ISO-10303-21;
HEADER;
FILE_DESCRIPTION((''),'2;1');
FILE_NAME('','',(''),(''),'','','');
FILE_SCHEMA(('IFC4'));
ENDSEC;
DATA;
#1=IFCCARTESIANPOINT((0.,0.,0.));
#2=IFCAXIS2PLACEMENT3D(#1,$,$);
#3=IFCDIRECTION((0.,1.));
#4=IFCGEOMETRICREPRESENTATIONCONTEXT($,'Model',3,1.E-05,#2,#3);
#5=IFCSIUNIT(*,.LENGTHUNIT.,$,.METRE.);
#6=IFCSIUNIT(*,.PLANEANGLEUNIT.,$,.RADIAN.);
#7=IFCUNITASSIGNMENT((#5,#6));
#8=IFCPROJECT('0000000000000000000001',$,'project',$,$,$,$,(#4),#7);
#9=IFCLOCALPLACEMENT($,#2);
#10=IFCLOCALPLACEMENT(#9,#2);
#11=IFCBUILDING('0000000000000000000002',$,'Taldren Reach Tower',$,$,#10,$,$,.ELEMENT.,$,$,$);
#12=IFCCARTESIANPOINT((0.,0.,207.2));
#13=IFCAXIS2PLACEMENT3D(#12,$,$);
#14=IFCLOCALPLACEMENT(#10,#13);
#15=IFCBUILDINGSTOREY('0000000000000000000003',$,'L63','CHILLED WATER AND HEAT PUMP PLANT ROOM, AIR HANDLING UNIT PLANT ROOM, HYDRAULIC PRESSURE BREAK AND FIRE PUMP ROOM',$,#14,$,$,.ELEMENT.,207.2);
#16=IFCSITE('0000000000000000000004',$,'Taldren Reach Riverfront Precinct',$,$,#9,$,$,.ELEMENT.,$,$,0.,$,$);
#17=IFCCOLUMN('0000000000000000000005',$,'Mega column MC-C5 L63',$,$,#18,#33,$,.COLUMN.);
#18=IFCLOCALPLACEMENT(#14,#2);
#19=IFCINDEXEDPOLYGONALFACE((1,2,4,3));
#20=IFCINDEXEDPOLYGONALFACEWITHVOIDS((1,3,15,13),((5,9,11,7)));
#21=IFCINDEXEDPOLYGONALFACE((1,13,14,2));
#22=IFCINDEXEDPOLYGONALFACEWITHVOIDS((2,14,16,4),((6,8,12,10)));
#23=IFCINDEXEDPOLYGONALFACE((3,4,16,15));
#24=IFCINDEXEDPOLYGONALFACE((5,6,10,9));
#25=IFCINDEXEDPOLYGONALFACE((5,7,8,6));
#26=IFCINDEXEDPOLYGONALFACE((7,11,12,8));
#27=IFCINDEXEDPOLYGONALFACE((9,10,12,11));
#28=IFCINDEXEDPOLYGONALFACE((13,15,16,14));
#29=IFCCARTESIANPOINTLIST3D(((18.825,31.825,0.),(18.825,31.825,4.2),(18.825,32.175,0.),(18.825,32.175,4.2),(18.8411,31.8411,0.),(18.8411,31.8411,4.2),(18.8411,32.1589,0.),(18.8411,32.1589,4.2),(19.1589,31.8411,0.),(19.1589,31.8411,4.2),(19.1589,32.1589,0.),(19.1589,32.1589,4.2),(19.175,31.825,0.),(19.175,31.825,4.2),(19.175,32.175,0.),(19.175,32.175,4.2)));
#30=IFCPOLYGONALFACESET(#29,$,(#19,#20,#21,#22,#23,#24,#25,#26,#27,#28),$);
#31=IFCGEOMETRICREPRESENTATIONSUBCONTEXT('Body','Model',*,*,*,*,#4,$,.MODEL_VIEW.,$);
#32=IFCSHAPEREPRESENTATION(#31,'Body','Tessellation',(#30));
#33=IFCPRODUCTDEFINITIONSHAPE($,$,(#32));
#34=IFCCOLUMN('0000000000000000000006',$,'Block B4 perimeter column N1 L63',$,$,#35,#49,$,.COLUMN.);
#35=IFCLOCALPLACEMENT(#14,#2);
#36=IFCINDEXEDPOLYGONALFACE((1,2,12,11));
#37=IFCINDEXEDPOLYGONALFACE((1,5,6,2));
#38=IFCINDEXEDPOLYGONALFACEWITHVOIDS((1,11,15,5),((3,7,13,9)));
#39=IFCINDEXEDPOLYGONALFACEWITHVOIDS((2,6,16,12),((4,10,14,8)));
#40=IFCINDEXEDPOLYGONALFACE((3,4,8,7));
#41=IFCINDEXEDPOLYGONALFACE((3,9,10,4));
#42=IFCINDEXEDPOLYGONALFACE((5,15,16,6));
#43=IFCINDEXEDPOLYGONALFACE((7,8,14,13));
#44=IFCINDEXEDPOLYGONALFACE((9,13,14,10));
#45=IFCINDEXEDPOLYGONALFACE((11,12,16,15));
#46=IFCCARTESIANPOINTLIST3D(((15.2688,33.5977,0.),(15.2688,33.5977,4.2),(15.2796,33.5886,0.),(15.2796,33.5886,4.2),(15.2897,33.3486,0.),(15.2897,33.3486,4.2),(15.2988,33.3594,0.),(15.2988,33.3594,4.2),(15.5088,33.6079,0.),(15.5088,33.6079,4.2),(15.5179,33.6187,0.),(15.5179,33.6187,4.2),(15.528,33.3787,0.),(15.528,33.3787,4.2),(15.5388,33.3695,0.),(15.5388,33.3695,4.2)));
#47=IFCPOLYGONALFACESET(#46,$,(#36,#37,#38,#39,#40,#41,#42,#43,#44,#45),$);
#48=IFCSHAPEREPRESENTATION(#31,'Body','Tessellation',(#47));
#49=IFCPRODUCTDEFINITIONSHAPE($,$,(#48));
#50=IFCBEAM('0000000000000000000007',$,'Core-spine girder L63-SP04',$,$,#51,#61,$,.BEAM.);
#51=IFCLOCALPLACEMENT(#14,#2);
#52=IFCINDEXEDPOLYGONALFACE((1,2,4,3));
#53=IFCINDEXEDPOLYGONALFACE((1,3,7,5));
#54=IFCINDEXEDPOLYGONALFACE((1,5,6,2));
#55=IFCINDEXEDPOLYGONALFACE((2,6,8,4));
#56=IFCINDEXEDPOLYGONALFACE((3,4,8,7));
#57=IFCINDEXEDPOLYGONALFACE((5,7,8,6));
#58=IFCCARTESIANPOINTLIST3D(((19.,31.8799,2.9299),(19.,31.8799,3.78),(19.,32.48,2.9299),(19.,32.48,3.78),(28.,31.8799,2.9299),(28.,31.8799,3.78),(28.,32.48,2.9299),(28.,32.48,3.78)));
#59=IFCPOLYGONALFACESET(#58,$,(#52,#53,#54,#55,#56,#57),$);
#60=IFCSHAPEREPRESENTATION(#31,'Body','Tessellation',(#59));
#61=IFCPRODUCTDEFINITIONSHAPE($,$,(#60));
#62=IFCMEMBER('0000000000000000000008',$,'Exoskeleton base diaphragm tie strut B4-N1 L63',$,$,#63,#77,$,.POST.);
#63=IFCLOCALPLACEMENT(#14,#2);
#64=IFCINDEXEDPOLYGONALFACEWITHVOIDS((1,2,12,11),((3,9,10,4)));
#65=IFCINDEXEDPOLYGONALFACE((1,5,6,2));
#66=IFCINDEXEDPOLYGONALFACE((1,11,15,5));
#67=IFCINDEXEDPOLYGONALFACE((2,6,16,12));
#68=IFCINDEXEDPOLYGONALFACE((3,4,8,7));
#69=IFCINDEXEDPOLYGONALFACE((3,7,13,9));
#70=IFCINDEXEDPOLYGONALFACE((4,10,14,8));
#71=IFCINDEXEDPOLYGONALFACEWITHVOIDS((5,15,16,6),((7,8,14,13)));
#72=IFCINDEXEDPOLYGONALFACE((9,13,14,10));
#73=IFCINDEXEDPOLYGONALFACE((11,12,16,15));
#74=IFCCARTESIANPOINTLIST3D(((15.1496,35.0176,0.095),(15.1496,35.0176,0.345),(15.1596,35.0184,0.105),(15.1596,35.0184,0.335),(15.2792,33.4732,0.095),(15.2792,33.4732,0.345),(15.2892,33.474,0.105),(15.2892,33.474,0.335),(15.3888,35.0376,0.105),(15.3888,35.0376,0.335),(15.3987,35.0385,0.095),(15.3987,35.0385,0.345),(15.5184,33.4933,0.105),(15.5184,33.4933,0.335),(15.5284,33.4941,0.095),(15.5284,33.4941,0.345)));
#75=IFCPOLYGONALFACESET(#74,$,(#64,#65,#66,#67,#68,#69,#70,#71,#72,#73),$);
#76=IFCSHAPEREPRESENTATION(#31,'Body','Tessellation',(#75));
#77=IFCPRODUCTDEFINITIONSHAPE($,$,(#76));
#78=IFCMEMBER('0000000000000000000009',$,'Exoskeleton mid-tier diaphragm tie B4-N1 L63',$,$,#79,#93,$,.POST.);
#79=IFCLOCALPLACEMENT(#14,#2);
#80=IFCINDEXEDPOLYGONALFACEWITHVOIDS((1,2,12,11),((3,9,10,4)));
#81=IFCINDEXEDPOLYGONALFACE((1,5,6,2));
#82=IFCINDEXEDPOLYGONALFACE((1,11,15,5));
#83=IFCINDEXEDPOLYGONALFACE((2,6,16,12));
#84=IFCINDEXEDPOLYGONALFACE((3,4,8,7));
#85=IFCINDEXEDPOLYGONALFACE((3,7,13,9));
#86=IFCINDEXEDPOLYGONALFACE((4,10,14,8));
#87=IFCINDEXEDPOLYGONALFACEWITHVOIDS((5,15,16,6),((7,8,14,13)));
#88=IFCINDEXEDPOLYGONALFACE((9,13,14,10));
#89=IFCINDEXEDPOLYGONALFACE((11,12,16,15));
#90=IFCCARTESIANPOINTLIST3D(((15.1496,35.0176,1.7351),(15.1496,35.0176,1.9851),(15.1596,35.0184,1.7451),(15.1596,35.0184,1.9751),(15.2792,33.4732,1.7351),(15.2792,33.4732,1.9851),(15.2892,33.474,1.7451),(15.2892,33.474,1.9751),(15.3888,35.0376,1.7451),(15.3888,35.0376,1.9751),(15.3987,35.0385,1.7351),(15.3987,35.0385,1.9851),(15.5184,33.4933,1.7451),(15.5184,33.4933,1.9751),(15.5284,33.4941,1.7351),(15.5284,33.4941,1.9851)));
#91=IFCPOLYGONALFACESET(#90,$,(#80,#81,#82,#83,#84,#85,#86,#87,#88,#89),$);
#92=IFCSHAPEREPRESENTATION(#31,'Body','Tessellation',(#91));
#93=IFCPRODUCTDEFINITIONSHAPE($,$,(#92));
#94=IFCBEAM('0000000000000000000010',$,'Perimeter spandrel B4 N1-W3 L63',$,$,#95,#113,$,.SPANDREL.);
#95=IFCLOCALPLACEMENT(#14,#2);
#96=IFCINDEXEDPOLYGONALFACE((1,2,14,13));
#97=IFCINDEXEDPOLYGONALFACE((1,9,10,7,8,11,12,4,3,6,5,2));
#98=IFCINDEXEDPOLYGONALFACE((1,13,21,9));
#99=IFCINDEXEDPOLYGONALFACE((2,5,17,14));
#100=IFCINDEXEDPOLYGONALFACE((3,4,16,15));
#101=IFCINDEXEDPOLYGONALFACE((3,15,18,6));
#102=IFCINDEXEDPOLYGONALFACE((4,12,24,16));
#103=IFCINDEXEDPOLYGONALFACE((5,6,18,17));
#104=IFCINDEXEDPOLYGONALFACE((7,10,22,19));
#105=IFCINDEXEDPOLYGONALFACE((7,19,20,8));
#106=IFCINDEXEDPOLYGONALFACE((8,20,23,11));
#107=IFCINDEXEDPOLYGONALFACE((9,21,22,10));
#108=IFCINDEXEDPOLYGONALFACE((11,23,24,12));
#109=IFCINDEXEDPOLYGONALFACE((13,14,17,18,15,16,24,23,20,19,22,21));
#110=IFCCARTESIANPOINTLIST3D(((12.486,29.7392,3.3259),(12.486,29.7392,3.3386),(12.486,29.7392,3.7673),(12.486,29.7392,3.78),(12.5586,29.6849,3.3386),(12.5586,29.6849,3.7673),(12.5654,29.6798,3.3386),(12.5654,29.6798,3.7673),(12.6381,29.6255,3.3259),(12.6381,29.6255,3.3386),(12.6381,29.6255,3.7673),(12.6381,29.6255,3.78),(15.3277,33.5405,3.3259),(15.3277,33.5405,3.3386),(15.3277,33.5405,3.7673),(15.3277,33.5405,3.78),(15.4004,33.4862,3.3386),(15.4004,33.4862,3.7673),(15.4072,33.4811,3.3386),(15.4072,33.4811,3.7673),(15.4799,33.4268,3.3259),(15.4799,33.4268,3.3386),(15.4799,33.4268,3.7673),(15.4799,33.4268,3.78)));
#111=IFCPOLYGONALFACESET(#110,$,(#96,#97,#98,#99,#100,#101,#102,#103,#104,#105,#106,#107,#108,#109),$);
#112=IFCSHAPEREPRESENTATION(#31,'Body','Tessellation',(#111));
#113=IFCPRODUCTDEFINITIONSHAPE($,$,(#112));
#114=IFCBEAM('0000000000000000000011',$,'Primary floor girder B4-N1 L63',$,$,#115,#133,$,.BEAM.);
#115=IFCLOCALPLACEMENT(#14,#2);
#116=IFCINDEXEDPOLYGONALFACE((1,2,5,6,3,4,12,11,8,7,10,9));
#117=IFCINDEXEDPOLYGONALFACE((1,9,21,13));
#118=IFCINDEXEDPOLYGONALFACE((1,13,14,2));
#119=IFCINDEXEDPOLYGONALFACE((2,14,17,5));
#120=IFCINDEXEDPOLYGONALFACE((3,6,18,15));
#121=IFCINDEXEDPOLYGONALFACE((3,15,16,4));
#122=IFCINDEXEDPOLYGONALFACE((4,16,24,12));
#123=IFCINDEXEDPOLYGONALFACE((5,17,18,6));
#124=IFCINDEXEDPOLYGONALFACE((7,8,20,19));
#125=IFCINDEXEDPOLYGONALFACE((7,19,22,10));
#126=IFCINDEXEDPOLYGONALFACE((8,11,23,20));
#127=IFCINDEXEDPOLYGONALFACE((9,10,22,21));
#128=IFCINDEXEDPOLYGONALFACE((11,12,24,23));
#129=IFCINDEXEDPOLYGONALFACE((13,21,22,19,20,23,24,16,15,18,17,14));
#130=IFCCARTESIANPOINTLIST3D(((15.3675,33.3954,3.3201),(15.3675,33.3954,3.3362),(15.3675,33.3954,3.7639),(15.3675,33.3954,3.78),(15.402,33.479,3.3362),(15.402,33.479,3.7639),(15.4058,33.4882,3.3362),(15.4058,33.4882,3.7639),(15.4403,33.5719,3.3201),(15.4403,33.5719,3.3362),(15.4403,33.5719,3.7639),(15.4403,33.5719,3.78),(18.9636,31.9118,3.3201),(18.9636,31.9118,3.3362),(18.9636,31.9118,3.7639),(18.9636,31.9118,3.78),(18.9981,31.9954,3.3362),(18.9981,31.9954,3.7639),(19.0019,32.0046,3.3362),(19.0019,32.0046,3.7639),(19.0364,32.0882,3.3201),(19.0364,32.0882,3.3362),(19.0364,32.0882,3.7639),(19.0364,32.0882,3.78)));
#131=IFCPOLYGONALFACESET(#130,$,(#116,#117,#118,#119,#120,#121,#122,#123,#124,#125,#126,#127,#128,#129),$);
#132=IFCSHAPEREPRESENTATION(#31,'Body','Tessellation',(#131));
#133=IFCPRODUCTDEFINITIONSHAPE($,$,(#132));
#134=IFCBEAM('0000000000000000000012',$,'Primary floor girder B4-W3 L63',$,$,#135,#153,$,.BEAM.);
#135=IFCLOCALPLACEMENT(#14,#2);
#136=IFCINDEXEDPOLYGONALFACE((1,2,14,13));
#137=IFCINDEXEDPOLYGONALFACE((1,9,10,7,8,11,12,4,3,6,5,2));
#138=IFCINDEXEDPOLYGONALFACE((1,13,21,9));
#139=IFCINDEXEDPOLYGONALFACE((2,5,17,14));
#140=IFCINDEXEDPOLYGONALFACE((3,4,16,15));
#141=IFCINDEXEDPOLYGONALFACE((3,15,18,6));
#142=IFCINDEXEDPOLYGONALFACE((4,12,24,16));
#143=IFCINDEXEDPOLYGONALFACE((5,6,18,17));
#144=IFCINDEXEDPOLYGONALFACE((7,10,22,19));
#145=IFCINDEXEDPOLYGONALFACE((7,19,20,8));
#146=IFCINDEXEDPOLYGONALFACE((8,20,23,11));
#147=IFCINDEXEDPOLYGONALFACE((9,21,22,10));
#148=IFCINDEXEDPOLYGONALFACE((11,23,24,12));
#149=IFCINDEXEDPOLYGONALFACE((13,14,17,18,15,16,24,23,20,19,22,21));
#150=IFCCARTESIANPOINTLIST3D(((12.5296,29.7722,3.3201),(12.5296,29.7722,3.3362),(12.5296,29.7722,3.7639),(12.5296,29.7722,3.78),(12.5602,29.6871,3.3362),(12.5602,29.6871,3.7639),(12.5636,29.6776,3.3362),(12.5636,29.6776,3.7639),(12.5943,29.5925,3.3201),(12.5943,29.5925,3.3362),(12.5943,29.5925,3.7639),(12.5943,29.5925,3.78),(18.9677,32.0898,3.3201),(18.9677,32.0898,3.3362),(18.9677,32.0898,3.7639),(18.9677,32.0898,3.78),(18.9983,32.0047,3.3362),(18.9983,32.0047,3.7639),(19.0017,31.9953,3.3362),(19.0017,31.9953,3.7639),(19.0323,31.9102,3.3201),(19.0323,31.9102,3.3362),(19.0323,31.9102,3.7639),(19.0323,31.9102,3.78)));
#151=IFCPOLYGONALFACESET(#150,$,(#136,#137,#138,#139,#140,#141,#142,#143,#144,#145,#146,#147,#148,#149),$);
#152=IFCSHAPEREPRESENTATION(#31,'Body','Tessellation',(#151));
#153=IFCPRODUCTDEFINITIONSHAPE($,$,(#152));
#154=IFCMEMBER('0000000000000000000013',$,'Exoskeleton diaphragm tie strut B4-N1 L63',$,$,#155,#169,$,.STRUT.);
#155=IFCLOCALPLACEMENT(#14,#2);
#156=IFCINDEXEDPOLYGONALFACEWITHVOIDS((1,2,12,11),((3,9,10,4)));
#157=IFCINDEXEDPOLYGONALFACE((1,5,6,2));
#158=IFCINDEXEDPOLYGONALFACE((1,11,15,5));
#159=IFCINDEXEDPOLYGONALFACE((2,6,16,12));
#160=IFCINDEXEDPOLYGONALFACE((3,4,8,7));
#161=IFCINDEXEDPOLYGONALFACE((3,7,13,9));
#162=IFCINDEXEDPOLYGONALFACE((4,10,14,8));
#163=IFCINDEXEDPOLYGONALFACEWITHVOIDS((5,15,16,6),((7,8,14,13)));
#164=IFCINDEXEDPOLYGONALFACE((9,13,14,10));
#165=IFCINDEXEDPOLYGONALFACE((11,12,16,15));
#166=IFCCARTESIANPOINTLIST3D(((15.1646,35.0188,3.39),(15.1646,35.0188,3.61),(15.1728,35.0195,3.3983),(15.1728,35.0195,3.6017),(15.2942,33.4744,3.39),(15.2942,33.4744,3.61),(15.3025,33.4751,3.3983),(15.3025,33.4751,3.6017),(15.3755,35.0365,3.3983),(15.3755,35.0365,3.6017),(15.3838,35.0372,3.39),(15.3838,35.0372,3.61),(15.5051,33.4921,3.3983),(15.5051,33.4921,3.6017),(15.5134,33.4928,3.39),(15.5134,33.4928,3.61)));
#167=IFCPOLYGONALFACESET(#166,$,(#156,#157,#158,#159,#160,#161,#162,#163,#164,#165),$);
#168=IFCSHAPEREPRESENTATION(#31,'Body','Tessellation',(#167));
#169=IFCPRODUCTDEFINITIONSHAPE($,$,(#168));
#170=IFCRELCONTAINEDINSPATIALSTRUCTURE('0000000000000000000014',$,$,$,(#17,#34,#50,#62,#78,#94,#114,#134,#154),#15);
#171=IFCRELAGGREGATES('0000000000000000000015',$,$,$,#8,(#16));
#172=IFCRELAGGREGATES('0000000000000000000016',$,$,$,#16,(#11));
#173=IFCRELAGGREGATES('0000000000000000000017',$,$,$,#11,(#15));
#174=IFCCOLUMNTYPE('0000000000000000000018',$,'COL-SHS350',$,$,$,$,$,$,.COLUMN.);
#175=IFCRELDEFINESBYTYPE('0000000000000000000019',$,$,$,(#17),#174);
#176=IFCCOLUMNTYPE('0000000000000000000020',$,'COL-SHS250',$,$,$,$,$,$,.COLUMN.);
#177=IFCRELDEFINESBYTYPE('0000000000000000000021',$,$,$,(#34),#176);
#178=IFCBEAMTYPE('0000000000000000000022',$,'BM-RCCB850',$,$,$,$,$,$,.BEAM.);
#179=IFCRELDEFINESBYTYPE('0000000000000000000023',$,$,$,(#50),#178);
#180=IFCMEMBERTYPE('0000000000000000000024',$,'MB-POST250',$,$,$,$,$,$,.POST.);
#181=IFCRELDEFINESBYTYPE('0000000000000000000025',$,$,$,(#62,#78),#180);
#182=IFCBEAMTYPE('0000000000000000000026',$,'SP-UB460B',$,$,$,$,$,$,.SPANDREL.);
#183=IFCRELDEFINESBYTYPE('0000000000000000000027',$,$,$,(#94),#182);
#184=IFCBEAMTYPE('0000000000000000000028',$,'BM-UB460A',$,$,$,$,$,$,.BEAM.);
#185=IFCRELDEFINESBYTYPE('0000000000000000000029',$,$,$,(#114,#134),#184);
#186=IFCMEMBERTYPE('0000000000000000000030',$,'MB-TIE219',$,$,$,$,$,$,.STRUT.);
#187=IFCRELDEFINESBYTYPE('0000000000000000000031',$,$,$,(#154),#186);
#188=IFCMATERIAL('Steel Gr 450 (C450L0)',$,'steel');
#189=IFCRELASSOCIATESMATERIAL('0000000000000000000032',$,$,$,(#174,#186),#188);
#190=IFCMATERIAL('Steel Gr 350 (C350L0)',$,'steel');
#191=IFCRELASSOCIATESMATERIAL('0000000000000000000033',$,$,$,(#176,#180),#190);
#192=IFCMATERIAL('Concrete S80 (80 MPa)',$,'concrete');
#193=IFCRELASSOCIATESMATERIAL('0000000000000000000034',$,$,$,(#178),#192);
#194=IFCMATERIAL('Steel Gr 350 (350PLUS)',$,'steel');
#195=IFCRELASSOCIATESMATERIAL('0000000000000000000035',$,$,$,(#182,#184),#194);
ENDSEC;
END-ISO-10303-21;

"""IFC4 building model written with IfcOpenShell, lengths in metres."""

from ifc_helpers import new_model, si_unit, direction, frame, origin, origin_2d, place, context, subcontext, project, spatial, rectangle, hollow_rectangle, i_section, extrude, source, transform, mapped, material, material_profile, profile_set, type_object, element, save


model = new_model("IFC4")

# Units and contexts
model_context = context("Model", 3, precision=1e-05, world=origin(), true_north=direction((0.0, 1.0)))
body_context = subcontext(model_context, "Body", "Model", "MODEL_VIEW")
ifc_project = project(units=[si_unit("LENGTHUNIT", "METRE"), si_unit("PLANEANGLEUNIT", "RADIAN")], contexts=[model_context])

# Site, building, storey
site_placement = place(None, origin())
site = spatial("IfcSite", under=ifc_project, at=site_placement, Name="Taldren Reach Riverfront Precinct", CompositionType="ELEMENT", RefElevation=0.0)
building_placement = place(site_placement, origin())
building = spatial("IfcBuilding", under=site, at=building_placement, Name="Taldren Reach Tower", CompositionType="ELEMENT")
storey_placement = place(building_placement, frame((0.0, 0.0, 207.2)))
storey = spatial("IfcBuildingStorey", under=building, at=storey_placement, Name="L63", Description="CHILLED WATER AND HEAT PUMP PLANT ROOM, AIR HANDLING UNIT PLANT ROOM, HYDRAULIC PRESSURE BREAK AND FIRE PUMP ROOM", CompositionType="ELEMENT", Elevation=207.2)

# Columns
ifc_material_1 = material(Name="Steel Gr 450 (C450L0)", Category="steel")
ifc_material_profile_1 = material_profile(ifc_material_1, hollow_rectangle(XDim=0.3501, YDim=0.3501, WallThickness=0.0161, at=origin_2d()), Name="350x350x16.0SHS")
ifc_profile_set_1 = profile_set([ifc_material_profile_1], Name="Steel Gr 450 (C450L0)")
column_type_1 = type_object("IfcColumnType", Name="COL-SHS350", PredefinedType="COLUMN", material=ifc_profile_set_1)
shared_shape_1 = source(origin(), body_context, "Body", "SweptSolid", [
    extrude(hollow_rectangle(XDim=0.3501, YDim=0.3501, WallThickness=0.0161, at=origin_2d()), origin(), (0.0, 0.0, 1.0), 4.2),
])
column_1_placement = place(storey_placement, frame((19.0, 32.0, 0.0), z_axis=(0.0, 0.0, 1.0), x_axis=(1.0, 0.0, 0.0)))
element("IfcColumn", 1, at=column_1_placement, inside=storey, type_object=column_type_1, Name="Mega column MC-C5 L63", PredefinedType="COLUMN", context=body_context, shape_type="MappedRepresentation", body=[
    mapped(shared_shape_1, transform((0.0, 0.0, 0.0), scale=1.0)),
])
ifc_material_2 = material(Name="Steel Gr 350 (C350L0)", Category="steel")
ifc_material_profile_2 = material_profile(ifc_material_2, hollow_rectangle(XDim=0.25, YDim=0.25, WallThickness=0.01, at=origin_2d()), Name="250x250x10.0SHS")
ifc_profile_set_2 = profile_set([ifc_material_profile_2], Name="Steel Gr 350 (C350L0)")
column_type_2 = type_object("IfcColumnType", Name="COL-SHS250", PredefinedType="COLUMN", material=ifc_profile_set_2)
shared_shape_2 = source(origin(), body_context, "Body", "SweptSolid", [
    extrude(hollow_rectangle(XDim=0.25, YDim=0.25, WallThickness=0.01, at=origin_2d()), origin(), (0.0, 0.0, 1.0), 4.2),
])
column_2_placement = place(storey_placement, frame((15.4038, 33.4836, 0.0), z_axis=(0.0, 0.0, 1.0), x_axis=(0.996493, 0.083678, 0.0)))
element("IfcColumn", 2, at=column_2_placement, inside=storey, type_object=column_type_2, Name="Block B4 perimeter column N1 L63", PredefinedType="COLUMN", context=body_context, shape_type="MappedRepresentation", body=[
    mapped(shared_shape_2, transform((0.0, 0.0, 0.0), scale=1.0)),
])

# Beam
ifc_material_3 = material(Name="Concrete S80 (80 MPa)", Category="concrete")
ifc_material_profile_3 = material_profile(ifc_material_3, rectangle(XDim=0.6001, YDim=0.8501, at=origin_2d()), Name="RC-CB600x850")
ifc_profile_set_3 = profile_set([ifc_material_profile_3], Name="Concrete S80 (80 MPa)")
beam_type_1 = type_object("IfcBeamType", Name="BM-RCCB850", PredefinedType="BEAM", material=ifc_profile_set_3)
shared_shape_3 = source(origin(), body_context, "Body", "SweptSolid", [
    extrude(rectangle(XDim=0.6001, YDim=0.8501, at=origin_2d()), origin(), (0.0, 0.0, 1.0), 9.0),
])
beam_1_placement = place(storey_placement, frame((19.0, 32.1799, 3.355), z_axis=(1.0, 0.0, 0.0), x_axis=(0.0, 1.0, 0.0)))
element("IfcBeam", 3, at=beam_1_placement, inside=storey, type_object=beam_type_1, Name="Core-spine girder L63-SP04", PredefinedType="BEAM", context=body_context, shape_type="MappedRepresentation", body=[
    mapped(shared_shape_3, transform((0.0, 0.0, 0.0), scale=1.0)),
])

# Members
ifc_material_profile_4 = material_profile(ifc_material_2, hollow_rectangle(XDim=0.25, YDim=0.25, WallThickness=0.01, at=origin_2d()), Name="250x250x10.0SHS")
ifc_profile_set_4 = profile_set([ifc_material_profile_4], Name="Steel Gr 350 (C350L0)")
member_type_1 = type_object("IfcMemberType", Name="MB-POST250", PredefinedType="POST", material=ifc_profile_set_4)
shared_shape_4 = source(origin(), body_context, "Body", "SweptSolid", [
    extrude(hollow_rectangle(XDim=0.25, YDim=0.25, WallThickness=0.01, at=origin_2d()), origin(), (0.0, 0.0, 1.0), 1.5498),
])
for number, where, z_axis, x_axis, name in (
    (4, (15.4038, 33.4836, 0.22), (-0.083645, 0.996496, 0.0), (-0.996496, -0.083645, 0.0), "Exoskeleton base diaphragm tie strut B4-N1 L63"),
    (5, (15.4038, 33.4836, 1.8601), (-0.083645, 0.996496, 0.0), (-0.996496, -0.083645, 0.0), "Exoskeleton mid-tier diaphragm tie B4-N1 L63"),
):
    element("IfcMember", number, at=place(storey_placement, frame(where, z_axis=z_axis, x_axis=x_axis)), inside=storey, type_object=member_type_1, Name=name, PredefinedType="POST", context=body_context, shape_type="MappedRepresentation", body=[
        mapped(shared_shape_4, transform((0.0, 0.0, 0.0), scale=1.0)),
    ])

# Beams
ifc_material_4 = material(Name="Steel Gr 350 (350PLUS)", Category="steel")
ifc_material_profile_5 = material_profile(ifc_material_4, i_section(OverallWidth=0.1899, OverallDepth=0.4541, WebThickness=0.0085, FlangeThickness=0.0127, at=origin_2d()), Name="460UB67.1")
ifc_profile_set_5 = profile_set([ifc_material_profile_5], Name="Steel Gr 350 (350PLUS)")
beam_type_2 = type_object("IfcBeamType", Name="SP-UB460B", PredefinedType="SPANDREL", material=ifc_profile_set_5)
shared_shape_5 = source(origin(), body_context, "Body", "SweptSolid", [
    extrude(i_section(OverallWidth=0.1899, OverallDepth=0.4541, WebThickness=0.0085, FlangeThickness=0.0127, at=origin_2d()), origin(), (0.0, 0.0, 1.0), 4.7461),
])
beam_2_placement = place(storey_placement, frame((15.4038, 33.4836, 3.553), z_axis=(-0.598765, -0.800925, 0.0), x_axis=(0.800925, -0.598765, 0.0)))
element("IfcBeam", 6, at=beam_2_placement, inside=storey, type_object=beam_type_2, Name="Perimeter spandrel B4 N1-W3 L63", PredefinedType="SPANDREL", context=body_context, shape_type="MappedRepresentation", body=[
    mapped(shared_shape_5, transform((0.0, 0.0, 0.0), scale=1.0)),
])
ifc_material_profile_6 = material_profile(ifc_material_4, i_section(OverallWidth=0.1909, OverallDepth=0.46, WebThickness=0.01, FlangeThickness=0.0161, at=origin_2d()), Name="460UB82.1")
ifc_profile_set_6 = profile_set([ifc_material_profile_6], Name="Steel Gr 350 (350PLUS)")
beam_type_3 = type_object("IfcBeamType", Name="BM-UB460A", PredefinedType="BEAM", material=ifc_profile_set_6)
shared_shape_6 = source(origin(), body_context, "Body", "SweptSolid", [
    extrude(i_section(OverallWidth=0.1909, OverallDepth=0.46, WebThickness=0.01, FlangeThickness=0.0161, at=origin_2d()), origin(), (0.0, 0.0, 1.0), 3.8901),
])
beam_3_placement = place(storey_placement, frame((19.0, 32.0, 3.55), z_axis=(-0.924419, 0.381378, 0.0), x_axis=(-0.381378, -0.924419, 0.0)))
element("IfcBeam", 7, at=beam_3_placement, inside=storey, type_object=beam_type_3, Name="Primary floor girder B4-N1 L63", PredefinedType="BEAM", context=body_context, shape_type="MappedRepresentation", body=[
    mapped(shared_shape_6, transform((0.0, 0.0, 0.0), scale=1.0)),
])
shared_shape_7 = source(origin(), body_context, "Body", "SweptSolid", [
    extrude(i_section(OverallWidth=0.1909, OverallDepth=0.46, WebThickness=0.01, FlangeThickness=0.0161, at=origin_2d()), origin(), (0.0, 0.0, 1.0), 6.8425),
])
beam_4_placement = place(storey_placement, frame((19.0, 32.0, 3.55), z_axis=(-0.94089, -0.338713, 0.0), x_axis=(0.338713, -0.94089, 0.0)))
element("IfcBeam", 8, at=beam_4_placement, inside=storey, type_object=beam_type_3, Name="Primary floor girder B4-W3 L63", PredefinedType="BEAM", context=body_context, shape_type="MappedRepresentation", body=[
    mapped(shared_shape_7, transform((0.0, 0.0, 0.0), scale=1.0)),
])

# Member
ifc_material_profile_7 = material_profile(ifc_material_1, hollow_rectangle(XDim=0.22, YDim=0.22, WallThickness=0.0083, at=origin_2d()), Name="220x220x8.2SHS")
ifc_profile_set_7 = profile_set([ifc_material_profile_7], Name="Steel Gr 450 (C450L0)")
member_type_2 = type_object("IfcMemberType", Name="MB-TIE219", PredefinedType="STRUT", material=ifc_profile_set_7)
shared_shape_8 = source(origin(), body_context, "Body", "SweptSolid", [
    extrude(hollow_rectangle(XDim=0.22, YDim=0.22, WallThickness=0.0083, at=origin_2d()), origin(), (0.0, 0.0, 1.0), 1.5498),
])
member_1_placement = place(storey_placement, frame((15.4038, 33.4836, 3.5), z_axis=(-0.083645, 0.996496, 0.0), x_axis=(-0.996496, -0.083645, 0.0)))
element("IfcMember", 9, at=member_1_placement, inside=storey, type_object=member_type_2, Name="Exoskeleton diaphragm tie strut B4-N1 L63", PredefinedType="STRUT", context=body_context, shape_type="MappedRepresentation", body=[
    mapped(shared_shape_8, transform((0.0, 0.0, 0.0), scale=1.0)),
])

save(model, "model.ifc")
